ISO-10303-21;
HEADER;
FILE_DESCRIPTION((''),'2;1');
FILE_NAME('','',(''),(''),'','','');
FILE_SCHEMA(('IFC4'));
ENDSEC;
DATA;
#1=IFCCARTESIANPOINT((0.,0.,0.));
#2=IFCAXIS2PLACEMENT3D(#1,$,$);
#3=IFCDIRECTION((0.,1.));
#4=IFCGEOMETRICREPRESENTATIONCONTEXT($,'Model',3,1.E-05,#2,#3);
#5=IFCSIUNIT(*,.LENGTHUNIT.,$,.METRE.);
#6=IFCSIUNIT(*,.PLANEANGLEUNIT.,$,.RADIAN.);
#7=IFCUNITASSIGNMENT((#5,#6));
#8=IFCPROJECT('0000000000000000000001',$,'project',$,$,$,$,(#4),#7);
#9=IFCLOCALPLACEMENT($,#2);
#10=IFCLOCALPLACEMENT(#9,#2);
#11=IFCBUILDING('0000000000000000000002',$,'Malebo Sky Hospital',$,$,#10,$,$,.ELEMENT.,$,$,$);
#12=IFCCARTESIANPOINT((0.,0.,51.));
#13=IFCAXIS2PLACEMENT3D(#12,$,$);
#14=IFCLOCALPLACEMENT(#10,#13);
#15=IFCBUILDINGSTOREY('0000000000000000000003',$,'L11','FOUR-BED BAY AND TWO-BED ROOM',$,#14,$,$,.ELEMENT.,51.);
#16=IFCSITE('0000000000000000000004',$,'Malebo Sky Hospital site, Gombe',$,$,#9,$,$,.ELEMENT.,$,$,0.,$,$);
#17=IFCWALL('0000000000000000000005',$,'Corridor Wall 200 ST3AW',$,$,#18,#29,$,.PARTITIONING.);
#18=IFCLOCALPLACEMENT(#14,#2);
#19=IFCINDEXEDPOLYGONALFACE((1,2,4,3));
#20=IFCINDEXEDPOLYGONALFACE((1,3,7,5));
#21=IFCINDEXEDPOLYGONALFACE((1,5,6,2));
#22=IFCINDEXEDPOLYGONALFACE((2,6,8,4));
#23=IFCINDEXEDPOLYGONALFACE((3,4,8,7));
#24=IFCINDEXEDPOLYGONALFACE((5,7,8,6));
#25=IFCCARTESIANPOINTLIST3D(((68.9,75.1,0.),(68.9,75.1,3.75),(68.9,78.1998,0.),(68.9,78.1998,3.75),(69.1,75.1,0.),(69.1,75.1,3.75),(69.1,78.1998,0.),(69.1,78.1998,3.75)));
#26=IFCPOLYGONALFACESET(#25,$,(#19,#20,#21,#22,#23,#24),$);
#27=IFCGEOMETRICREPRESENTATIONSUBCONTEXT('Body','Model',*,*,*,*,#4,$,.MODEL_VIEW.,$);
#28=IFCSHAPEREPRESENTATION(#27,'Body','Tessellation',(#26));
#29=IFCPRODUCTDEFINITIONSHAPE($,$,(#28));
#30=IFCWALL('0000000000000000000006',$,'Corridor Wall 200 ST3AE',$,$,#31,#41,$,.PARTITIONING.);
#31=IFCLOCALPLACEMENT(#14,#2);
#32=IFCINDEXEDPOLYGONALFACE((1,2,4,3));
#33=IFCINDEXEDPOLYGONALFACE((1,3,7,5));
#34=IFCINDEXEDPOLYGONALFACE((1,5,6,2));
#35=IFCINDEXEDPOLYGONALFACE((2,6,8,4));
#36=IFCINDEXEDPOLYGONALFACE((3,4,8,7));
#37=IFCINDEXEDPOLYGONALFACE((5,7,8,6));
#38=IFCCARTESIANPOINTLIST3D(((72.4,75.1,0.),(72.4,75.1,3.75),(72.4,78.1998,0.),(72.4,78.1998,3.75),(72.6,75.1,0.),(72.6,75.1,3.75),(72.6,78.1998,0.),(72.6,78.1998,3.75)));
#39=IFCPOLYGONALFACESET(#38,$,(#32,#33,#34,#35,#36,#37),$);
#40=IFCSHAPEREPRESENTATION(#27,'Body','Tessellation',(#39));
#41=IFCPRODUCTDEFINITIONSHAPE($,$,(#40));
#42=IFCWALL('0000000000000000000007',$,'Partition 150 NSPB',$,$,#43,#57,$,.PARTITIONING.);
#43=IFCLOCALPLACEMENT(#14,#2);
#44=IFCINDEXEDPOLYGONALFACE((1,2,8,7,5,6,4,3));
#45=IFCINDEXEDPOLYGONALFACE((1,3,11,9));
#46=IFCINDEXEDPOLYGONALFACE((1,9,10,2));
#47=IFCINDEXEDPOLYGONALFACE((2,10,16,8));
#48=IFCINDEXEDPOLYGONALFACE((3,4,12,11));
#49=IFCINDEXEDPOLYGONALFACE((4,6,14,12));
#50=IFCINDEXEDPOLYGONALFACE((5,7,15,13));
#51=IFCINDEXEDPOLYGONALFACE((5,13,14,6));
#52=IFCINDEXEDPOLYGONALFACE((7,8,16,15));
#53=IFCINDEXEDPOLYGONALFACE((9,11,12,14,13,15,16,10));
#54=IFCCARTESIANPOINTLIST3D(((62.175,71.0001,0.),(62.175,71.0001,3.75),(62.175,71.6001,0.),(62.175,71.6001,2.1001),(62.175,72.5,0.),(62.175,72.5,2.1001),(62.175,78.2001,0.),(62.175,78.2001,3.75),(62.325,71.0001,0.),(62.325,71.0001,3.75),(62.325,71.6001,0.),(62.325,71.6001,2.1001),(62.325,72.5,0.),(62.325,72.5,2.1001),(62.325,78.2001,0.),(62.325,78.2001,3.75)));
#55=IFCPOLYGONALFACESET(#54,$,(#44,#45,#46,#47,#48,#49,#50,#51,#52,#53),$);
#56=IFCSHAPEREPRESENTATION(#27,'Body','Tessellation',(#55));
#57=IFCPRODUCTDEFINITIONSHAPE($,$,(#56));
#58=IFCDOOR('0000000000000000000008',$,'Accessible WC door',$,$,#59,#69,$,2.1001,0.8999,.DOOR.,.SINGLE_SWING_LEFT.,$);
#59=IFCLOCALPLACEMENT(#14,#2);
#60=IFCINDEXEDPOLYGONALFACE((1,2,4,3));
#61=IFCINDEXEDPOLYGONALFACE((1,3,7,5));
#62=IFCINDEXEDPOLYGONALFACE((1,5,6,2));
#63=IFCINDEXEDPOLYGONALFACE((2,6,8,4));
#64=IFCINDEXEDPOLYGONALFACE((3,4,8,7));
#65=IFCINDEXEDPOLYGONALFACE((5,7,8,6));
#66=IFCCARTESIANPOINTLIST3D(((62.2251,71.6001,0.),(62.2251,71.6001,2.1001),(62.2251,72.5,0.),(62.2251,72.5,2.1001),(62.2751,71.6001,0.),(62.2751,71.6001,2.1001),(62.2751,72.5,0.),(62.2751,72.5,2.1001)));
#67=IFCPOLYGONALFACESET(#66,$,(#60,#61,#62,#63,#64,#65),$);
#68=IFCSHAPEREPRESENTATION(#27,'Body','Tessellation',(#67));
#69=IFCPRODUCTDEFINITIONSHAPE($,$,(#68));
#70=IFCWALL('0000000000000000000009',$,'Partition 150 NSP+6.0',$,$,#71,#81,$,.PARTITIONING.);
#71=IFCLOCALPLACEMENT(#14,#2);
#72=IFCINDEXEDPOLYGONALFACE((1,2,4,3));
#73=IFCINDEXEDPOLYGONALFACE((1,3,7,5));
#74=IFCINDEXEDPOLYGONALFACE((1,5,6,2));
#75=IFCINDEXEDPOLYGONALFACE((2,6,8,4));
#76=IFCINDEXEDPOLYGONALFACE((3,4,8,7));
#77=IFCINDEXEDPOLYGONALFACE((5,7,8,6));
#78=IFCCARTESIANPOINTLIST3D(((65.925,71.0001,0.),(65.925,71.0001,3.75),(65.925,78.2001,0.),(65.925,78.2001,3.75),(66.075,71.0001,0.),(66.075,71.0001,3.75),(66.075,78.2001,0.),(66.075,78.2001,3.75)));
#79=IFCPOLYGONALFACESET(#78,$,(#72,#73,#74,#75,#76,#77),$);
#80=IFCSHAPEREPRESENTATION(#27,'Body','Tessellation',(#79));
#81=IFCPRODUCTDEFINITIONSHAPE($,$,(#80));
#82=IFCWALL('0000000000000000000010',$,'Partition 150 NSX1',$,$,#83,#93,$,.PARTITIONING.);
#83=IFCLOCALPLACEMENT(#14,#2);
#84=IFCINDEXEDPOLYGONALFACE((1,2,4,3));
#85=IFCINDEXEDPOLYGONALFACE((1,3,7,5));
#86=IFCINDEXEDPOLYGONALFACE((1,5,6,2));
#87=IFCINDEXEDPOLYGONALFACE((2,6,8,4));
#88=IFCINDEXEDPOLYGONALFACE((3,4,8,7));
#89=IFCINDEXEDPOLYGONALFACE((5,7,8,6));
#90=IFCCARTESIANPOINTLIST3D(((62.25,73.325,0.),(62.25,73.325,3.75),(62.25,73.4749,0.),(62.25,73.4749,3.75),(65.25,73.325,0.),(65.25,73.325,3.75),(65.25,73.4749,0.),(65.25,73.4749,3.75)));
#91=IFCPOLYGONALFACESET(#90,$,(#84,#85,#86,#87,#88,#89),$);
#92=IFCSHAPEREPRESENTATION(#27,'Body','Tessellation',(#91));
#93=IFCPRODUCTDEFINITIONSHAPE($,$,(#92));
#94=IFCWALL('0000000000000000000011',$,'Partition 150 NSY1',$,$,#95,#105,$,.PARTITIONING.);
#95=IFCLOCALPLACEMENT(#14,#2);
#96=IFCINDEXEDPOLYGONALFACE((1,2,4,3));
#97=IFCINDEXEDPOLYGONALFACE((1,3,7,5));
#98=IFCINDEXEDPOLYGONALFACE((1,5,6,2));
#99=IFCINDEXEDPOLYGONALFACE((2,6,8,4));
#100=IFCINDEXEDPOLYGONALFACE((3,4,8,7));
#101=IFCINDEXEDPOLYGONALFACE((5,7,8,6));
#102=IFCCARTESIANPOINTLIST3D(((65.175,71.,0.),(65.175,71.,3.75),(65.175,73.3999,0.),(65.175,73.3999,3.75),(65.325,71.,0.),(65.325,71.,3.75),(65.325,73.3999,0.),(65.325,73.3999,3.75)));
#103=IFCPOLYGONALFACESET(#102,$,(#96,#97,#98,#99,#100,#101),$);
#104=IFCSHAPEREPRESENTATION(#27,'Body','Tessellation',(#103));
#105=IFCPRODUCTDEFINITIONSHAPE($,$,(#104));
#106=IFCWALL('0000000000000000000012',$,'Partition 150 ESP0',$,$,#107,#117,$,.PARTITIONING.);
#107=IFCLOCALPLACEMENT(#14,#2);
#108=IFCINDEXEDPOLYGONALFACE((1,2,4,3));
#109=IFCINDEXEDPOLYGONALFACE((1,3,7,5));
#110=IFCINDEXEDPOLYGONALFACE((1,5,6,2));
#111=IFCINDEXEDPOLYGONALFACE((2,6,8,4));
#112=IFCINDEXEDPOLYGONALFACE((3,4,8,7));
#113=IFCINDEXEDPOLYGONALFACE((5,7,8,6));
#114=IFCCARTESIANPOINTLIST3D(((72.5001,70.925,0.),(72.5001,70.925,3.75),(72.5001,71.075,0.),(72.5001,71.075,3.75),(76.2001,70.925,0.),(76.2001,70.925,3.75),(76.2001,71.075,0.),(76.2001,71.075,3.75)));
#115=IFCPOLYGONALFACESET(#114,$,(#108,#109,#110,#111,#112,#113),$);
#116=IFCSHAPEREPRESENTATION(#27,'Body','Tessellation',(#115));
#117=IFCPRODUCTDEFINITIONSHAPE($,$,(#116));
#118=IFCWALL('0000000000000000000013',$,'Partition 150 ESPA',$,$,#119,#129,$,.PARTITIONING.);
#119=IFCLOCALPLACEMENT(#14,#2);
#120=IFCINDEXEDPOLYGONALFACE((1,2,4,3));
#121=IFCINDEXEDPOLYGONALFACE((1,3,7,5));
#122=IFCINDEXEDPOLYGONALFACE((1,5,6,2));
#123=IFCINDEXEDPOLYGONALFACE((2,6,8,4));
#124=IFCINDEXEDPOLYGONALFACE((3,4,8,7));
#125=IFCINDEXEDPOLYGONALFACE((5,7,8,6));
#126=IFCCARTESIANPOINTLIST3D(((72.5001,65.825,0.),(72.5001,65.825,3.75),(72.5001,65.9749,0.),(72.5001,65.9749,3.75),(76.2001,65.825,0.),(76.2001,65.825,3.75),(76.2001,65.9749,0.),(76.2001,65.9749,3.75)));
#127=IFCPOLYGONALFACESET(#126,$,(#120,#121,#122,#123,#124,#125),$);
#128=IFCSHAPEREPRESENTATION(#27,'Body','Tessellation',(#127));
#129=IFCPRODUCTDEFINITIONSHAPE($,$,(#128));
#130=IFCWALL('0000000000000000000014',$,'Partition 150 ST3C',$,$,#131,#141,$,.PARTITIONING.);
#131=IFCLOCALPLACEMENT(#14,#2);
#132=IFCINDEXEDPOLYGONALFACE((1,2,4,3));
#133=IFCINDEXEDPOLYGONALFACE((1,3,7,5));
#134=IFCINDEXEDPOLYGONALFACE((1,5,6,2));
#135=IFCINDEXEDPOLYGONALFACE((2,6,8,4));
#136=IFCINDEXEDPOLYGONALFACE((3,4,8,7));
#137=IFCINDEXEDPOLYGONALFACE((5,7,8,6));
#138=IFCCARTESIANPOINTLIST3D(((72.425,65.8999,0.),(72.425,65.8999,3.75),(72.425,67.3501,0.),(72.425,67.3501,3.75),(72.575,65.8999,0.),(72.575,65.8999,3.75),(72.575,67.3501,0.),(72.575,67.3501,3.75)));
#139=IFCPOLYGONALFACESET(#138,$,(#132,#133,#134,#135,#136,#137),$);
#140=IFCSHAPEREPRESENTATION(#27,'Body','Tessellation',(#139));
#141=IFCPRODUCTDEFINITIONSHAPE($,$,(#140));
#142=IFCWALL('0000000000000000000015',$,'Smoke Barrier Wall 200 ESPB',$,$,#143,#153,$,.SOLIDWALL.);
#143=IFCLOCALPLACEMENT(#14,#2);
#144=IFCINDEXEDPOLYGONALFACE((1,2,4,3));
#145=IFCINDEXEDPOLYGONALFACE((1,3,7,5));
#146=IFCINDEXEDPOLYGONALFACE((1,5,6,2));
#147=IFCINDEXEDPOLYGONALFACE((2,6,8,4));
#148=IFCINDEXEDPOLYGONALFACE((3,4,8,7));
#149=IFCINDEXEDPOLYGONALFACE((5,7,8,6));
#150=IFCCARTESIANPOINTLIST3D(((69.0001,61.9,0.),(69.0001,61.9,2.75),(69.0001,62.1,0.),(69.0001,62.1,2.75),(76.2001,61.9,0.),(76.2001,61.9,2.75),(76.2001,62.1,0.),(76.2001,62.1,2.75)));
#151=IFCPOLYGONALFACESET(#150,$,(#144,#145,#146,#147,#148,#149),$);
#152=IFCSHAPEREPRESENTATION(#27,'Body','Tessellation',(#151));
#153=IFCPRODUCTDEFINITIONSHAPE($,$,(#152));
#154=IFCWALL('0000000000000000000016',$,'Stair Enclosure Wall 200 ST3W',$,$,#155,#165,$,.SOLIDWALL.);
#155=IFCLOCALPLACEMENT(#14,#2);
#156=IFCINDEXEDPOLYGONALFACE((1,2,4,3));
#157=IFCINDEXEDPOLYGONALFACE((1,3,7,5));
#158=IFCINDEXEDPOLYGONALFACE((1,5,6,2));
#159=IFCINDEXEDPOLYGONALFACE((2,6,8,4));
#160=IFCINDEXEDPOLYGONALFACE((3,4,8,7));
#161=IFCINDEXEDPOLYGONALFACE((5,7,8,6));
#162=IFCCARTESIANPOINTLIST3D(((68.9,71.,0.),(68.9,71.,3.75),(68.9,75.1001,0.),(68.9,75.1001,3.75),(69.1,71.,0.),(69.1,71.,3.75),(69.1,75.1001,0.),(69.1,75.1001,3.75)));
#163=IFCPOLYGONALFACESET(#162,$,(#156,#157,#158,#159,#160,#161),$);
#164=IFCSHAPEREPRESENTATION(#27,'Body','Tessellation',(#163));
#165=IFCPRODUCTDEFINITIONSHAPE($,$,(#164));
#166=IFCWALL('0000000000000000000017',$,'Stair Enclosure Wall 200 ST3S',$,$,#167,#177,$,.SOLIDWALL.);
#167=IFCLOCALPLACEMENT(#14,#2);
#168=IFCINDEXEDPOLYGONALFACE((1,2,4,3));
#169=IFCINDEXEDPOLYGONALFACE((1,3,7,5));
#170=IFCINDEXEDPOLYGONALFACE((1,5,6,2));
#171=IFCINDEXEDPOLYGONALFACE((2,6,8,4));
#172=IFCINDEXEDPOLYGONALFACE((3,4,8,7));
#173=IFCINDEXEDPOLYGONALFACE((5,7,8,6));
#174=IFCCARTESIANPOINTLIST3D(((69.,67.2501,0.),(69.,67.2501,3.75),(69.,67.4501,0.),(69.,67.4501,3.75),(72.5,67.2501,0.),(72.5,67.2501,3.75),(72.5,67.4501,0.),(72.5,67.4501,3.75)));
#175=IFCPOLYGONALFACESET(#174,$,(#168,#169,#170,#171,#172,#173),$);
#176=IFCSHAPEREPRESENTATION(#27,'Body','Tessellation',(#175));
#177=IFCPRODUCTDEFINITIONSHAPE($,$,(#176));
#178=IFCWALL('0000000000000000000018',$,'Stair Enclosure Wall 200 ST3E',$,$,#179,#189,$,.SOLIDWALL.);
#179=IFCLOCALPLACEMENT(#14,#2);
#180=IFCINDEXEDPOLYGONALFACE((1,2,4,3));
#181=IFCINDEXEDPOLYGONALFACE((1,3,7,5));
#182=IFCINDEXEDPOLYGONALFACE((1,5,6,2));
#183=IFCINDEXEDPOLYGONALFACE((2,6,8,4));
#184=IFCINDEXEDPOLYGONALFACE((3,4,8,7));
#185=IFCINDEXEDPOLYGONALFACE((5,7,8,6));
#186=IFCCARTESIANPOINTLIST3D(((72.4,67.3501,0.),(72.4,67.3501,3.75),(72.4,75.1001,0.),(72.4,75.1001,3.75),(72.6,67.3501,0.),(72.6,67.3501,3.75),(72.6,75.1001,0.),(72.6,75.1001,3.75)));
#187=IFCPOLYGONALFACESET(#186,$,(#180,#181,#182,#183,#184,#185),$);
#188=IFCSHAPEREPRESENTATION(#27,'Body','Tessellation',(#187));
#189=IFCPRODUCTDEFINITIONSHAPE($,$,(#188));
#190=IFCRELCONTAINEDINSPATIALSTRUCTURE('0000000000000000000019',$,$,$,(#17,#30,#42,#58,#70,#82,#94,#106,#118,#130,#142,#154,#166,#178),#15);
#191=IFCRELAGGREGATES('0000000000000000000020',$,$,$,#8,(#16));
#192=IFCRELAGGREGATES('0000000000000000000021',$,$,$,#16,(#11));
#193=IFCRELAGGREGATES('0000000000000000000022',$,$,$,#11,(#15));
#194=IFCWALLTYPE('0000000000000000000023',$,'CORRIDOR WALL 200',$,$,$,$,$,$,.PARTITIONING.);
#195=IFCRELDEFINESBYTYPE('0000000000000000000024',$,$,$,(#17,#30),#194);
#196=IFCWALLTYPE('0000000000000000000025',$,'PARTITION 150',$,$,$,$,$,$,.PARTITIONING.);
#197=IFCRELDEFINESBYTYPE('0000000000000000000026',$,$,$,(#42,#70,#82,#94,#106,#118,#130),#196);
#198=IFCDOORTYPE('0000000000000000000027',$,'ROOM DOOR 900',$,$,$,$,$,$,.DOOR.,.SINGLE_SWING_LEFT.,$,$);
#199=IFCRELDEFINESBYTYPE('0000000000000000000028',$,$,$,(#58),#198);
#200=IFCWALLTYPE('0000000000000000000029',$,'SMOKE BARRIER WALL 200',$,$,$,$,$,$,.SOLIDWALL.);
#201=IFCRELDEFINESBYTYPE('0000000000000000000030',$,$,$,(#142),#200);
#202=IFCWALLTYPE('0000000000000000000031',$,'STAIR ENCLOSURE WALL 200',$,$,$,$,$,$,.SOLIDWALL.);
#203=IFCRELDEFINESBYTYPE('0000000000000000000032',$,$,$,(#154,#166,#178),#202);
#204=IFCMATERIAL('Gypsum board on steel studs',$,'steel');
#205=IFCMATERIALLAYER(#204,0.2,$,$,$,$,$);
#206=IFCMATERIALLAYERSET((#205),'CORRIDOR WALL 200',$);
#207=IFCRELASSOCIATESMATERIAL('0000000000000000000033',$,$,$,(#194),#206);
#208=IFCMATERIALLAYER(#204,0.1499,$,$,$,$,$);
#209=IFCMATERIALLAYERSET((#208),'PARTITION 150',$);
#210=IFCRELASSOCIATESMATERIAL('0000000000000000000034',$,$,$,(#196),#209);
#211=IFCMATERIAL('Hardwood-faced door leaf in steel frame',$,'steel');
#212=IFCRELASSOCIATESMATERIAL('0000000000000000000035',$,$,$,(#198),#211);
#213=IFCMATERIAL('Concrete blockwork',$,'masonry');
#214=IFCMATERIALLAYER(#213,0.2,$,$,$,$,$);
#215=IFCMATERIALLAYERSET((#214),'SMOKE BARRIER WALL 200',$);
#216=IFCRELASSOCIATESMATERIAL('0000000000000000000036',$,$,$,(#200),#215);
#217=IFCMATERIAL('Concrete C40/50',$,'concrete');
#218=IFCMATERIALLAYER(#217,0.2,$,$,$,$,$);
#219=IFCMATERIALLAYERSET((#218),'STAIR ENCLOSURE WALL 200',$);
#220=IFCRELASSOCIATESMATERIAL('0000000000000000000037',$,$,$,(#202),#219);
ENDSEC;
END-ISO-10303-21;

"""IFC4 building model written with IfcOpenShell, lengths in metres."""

from ifc_helpers import new_model, si_unit, direction, frame, frame_2d, origin, place, context, subcontext, project, spatial, rectangle, extrude, material, layer, layer_set, type_object, element, fill, save


model = new_model("IFC4")

# Units and contexts
model_context = context("Model", 3, precision=1e-05, world=origin(), true_north=direction((0.0, 1.0)))
body_context = subcontext(model_context, "Body", "Model", "MODEL_VIEW")
ifc_project = project(units=[si_unit("LENGTHUNIT", "METRE"), si_unit("PLANEANGLEUNIT", "RADIAN")], contexts=[model_context])

# Site, building, storey
site_placement = place(None, origin())
site = spatial("IfcSite", under=ifc_project, at=site_placement, Name="Malebo Sky Hospital site, Gombe", CompositionType="ELEMENT", RefElevation=0.0)
building_placement = place(site_placement, origin())
building = spatial("IfcBuilding", under=site, at=building_placement, Name="Malebo Sky Hospital", CompositionType="ELEMENT")
storey_placement = place(building_placement, frame((0.0, 0.0, 51.0)))
storey = spatial("IfcBuildingStorey", under=building, at=storey_placement, Name="L11", Description="FOUR-BED BAY AND TWO-BED ROOM", CompositionType="ELEMENT", Elevation=51.0)

# Walls
ifc_material_1 = material(Name="Gypsum board on steel studs", Category="steel")
ifc_layer_1 = layer(ifc_material_1, 0.2)
ifc_layer_set_1 = layer_set([ifc_layer_1], Name="CORRIDOR WALL 200")
wall_type_1 = type_object("IfcWallType", Name="CORRIDOR WALL 200", PredefinedType="PARTITIONING", material=ifc_layer_set_1)
for number, where, z_axis, x_axis, name in (
    (1, (69.0, 75.1001, 0.0), (0.0, 0.0, 1.0), (0.0, 1.0, 0.0), "Corridor Wall 200 ST3AW"),
    (2, (72.5, 75.1001, 0.0), (0.0, 0.0, 1.0), (0.0, 1.0, 0.0), "Corridor Wall 200 ST3AE"),
):
    element("IfcWall", number, at=place(storey_placement, frame(where, z_axis=z_axis, x_axis=x_axis)), inside=storey, type_object=wall_type_1, Name=name, PredefinedType="PARTITIONING", context=body_context, shape_type="SweptSolid", body=[
        extrude(rectangle(XDim=3.0999, YDim=0.2, at=frame_2d((1.5498, 0.0))), origin(), (0.0, 0.0, 1.0), 3.75),
    ])

# Wall, opening, door
ifc_layer_2 = layer(ifc_material_1, 0.1499)
ifc_layer_set_2 = layer_set([ifc_layer_2], Name="PARTITION 150")
wall_type_2 = type_object("IfcWallType", Name="PARTITION 150", PredefinedType="PARTITIONING", material=ifc_layer_set_2)
wall_1_placement = place(storey_placement, frame((62.25, 71.0, 0.0), z_axis=(0.0, 0.0, 1.0), x_axis=(0.0, 1.0, 0.0)))
wall_1 = element("IfcWall", 3, at=wall_1_placement, inside=storey, type_object=wall_type_2, Name="Partition 150 NSPB", PredefinedType="PARTITIONING", context=body_context, shape_type="SweptSolid", body=[
    extrude(rectangle(XDim=7.2, YDim=0.1499, at=frame_2d((3.6001, 0.0))), origin(), (0.0, 0.0, 1.0), 3.75),
])
opening_1_placement = place(wall_1_placement, frame((0.6001, 0.0, 0.0)))
opening_1 = element("IfcOpeningElement", 4, at=opening_1_placement, cuts=wall_1, PredefinedType="OPENING", context=body_context, shape_type="SweptSolid", body=[
    extrude(rectangle(XDim=0.8999, YDim=2.1001, at=frame_2d((0.45, 1.05))), frame((0.0, 0.085, 0.0), z_axis=(0.0, -1.0, 0.0), x_axis=(1.0, 0.0, 0.0)), (0.0, 0.0, 1.0), 0.1699),
])
ifc_material_2 = material(Name="Hardwood-faced door leaf in steel frame", Category="steel")
door_type_1 = type_object("IfcDoorType", Name="ROOM DOOR 900", OperationType="SINGLE_SWING_LEFT", PredefinedType="DOOR", material=ifc_material_2)
door_1_placement = place(opening_1_placement, origin())
door_1 = element("IfcDoor", 5, at=door_1_placement, inside=storey, type_object=door_type_1, Name="Accessible WC door", OperationType="SINGLE_SWING_LEFT", OverallHeight=2.1001, OverallWidth=0.8999, PredefinedType="DOOR", context=body_context, shape_type="SweptSolid", body=[
    extrude(rectangle(XDim=0.8999, YDim=2.1001, at=frame_2d((0.45, 1.05))), frame((0.0, 0.0249, 0.0), z_axis=(0.0, -1.0, 0.0), x_axis=(1.0, 0.0, 0.0)), (0.0, 0.0, 1.0), 0.05),
])
fill(opening_1, door_1)

# Walls
wall_2_placement = place(storey_placement, frame((66.0, 71.0, 0.0), z_axis=(0.0, 0.0, 1.0), x_axis=(0.0, 1.0, 0.0)))
element("IfcWall", 6, at=wall_2_placement, inside=storey, type_object=wall_type_2, Name="Partition 150 NSP+6.0", PredefinedType="PARTITIONING", context=body_context, shape_type="SweptSolid", body=[
    extrude(rectangle(XDim=7.2, YDim=0.1499, at=frame_2d((3.6001, 0.0))), origin(), (0.0, 0.0, 1.0), 3.75),
])
wall_3_placement = place(storey_placement, frame((62.25, 73.3999, 0.0), z_axis=(0.0, 0.0, 1.0), x_axis=(1.0, 0.0, 0.0)))
element("IfcWall", 7, at=wall_3_placement, inside=storey, type_object=wall_type_2, Name="Partition 150 NSX1", PredefinedType="PARTITIONING", context=body_context, shape_type="SweptSolid", body=[
    extrude(rectangle(XDim=3.0, YDim=0.1499, at=frame_2d((1.5, 0.0))), origin(), (0.0, 0.0, 1.0), 3.75),
])
wall_4_placement = place(storey_placement, frame((65.25, 71.0, 0.0), z_axis=(0.0, 0.0, 1.0), x_axis=(0.0, 1.0, 0.0)))
element("IfcWall", 8, at=wall_4_placement, inside=storey, type_object=wall_type_2, Name="Partition 150 NSY1", PredefinedType="PARTITIONING", context=body_context, shape_type="SweptSolid", body=[
    extrude(rectangle(XDim=2.3999, YDim=0.1499, at=frame_2d((1.2, 0.0))), origin(), (0.0, 0.0, 1.0), 3.75),
])
for number, where, z_axis, x_axis, name in (
    (9, (72.5, 71.0, 0.0), (0.0, 0.0, 1.0), (1.0, 0.0, 0.0), "Partition 150 ESP0"),
    (10, (72.5, 65.8999, 0.0), (0.0, 0.0, 1.0), (1.0, 0.0, 0.0), "Partition 150 ESPA"),
):
    element("IfcWall", number, at=place(storey_placement, frame(where, z_axis=z_axis, x_axis=x_axis)), inside=storey, type_object=wall_type_2, Name=name, PredefinedType="PARTITIONING", context=body_context, shape_type="SweptSolid", body=[
        extrude(rectangle(XDim=3.7, YDim=0.1499, at=frame_2d((1.8501, 0.0))), origin(), (0.0, 0.0, 1.0), 3.75),
    ])
wall_5_placement = place(storey_placement, frame((72.5, 65.8999, 0.0), z_axis=(0.0, 0.0, 1.0), x_axis=(0.0, 1.0, 0.0)))
element("IfcWall", 11, at=wall_5_placement, inside=storey, type_object=wall_type_2, Name="Partition 150 ST3C", PredefinedType="PARTITIONING", context=body_context, shape_type="SweptSolid", body=[
    extrude(rectangle(XDim=1.4502, YDim=0.1499, at=frame_2d((0.7251, 0.0))), origin(), (0.0, 0.0, 1.0), 3.75),
])
ifc_material_3 = material(Name="Concrete blockwork", Category="masonry")
ifc_layer_3 = layer(ifc_material_3, 0.2)
ifc_layer_set_3 = layer_set([ifc_layer_3], Name="SMOKE BARRIER WALL 200")
wall_type_3 = type_object("IfcWallType", Name="SMOKE BARRIER WALL 200", PredefinedType="SOLIDWALL", material=ifc_layer_set_3)
wall_6_placement = place(storey_placement, frame((69.0, 62.0, 0.0), z_axis=(0.0, 0.0, 1.0), x_axis=(1.0, 0.0, 0.0)))
element("IfcWall", 12, at=wall_6_placement, inside=storey, type_object=wall_type_3, Name="Smoke Barrier Wall 200 ESPB", PredefinedType="SOLIDWALL", context=body_context, shape_type="SweptSolid", body=[
    extrude(rectangle(XDim=7.2, YDim=0.2, at=frame_2d((3.6001, 0.0))), origin(), (0.0, 0.0, 1.0), 2.75),
])
ifc_material_4 = material(Name="Concrete C40/50", Category="concrete")
ifc_layer_4 = layer(ifc_material_4, 0.2)
ifc_layer_set_4 = layer_set([ifc_layer_4], Name="STAIR ENCLOSURE WALL 200")
wall_type_4 = type_object("IfcWallType", Name="STAIR ENCLOSURE WALL 200", PredefinedType="SOLIDWALL", material=ifc_layer_set_4)
wall_7_placement = place(storey_placement, frame((69.0, 71.0, 0.0), z_axis=(0.0, 0.0, 1.0), x_axis=(0.0, 1.0, 0.0)))
element("IfcWall", 13, at=wall_7_placement, inside=storey, type_object=wall_type_4, Name="Stair Enclosure Wall 200 ST3W", PredefinedType="SOLIDWALL", context=body_context, shape_type="SweptSolid", body=[
    extrude(rectangle(XDim=4.1001, YDim=0.2, at=frame_2d((2.05, 0.0))), origin(), (0.0, 0.0, 1.0), 3.75),
])
wall_8_placement = place(storey_placement, frame((69.0, 67.3501, 0.0), z_axis=(0.0, 0.0, 1.0), x_axis=(1.0, 0.0, 0.0)))
element("IfcWall", 14, at=wall_8_placement, inside=storey, type_object=wall_type_4, Name="Stair Enclosure Wall 200 ST3S", PredefinedType="SOLIDWALL", context=body_context, shape_type="SweptSolid", body=[
    extrude(rectangle(XDim=3.5, YDim=0.2, at=frame_2d((1.75, 0.0))), origin(), (0.0, 0.0, 1.0), 3.75),
])
wall_9_placement = place(storey_placement, frame((72.5, 67.3501, 0.0), z_axis=(0.0, 0.0, 1.0), x_axis=(0.0, 1.0, 0.0)))
element("IfcWall", 15, at=wall_9_placement, inside=storey, type_object=wall_type_4, Name="Stair Enclosure Wall 200 ST3E", PredefinedType="SOLIDWALL", context=body_context, shape_type="SweptSolid", body=[
    extrude(rectangle(XDim=7.75, YDim=0.2, at=frame_2d((3.875, 0.0))), origin(), (0.0, 0.0, 1.0), 3.75),
])

save(model, "model.ifc")
